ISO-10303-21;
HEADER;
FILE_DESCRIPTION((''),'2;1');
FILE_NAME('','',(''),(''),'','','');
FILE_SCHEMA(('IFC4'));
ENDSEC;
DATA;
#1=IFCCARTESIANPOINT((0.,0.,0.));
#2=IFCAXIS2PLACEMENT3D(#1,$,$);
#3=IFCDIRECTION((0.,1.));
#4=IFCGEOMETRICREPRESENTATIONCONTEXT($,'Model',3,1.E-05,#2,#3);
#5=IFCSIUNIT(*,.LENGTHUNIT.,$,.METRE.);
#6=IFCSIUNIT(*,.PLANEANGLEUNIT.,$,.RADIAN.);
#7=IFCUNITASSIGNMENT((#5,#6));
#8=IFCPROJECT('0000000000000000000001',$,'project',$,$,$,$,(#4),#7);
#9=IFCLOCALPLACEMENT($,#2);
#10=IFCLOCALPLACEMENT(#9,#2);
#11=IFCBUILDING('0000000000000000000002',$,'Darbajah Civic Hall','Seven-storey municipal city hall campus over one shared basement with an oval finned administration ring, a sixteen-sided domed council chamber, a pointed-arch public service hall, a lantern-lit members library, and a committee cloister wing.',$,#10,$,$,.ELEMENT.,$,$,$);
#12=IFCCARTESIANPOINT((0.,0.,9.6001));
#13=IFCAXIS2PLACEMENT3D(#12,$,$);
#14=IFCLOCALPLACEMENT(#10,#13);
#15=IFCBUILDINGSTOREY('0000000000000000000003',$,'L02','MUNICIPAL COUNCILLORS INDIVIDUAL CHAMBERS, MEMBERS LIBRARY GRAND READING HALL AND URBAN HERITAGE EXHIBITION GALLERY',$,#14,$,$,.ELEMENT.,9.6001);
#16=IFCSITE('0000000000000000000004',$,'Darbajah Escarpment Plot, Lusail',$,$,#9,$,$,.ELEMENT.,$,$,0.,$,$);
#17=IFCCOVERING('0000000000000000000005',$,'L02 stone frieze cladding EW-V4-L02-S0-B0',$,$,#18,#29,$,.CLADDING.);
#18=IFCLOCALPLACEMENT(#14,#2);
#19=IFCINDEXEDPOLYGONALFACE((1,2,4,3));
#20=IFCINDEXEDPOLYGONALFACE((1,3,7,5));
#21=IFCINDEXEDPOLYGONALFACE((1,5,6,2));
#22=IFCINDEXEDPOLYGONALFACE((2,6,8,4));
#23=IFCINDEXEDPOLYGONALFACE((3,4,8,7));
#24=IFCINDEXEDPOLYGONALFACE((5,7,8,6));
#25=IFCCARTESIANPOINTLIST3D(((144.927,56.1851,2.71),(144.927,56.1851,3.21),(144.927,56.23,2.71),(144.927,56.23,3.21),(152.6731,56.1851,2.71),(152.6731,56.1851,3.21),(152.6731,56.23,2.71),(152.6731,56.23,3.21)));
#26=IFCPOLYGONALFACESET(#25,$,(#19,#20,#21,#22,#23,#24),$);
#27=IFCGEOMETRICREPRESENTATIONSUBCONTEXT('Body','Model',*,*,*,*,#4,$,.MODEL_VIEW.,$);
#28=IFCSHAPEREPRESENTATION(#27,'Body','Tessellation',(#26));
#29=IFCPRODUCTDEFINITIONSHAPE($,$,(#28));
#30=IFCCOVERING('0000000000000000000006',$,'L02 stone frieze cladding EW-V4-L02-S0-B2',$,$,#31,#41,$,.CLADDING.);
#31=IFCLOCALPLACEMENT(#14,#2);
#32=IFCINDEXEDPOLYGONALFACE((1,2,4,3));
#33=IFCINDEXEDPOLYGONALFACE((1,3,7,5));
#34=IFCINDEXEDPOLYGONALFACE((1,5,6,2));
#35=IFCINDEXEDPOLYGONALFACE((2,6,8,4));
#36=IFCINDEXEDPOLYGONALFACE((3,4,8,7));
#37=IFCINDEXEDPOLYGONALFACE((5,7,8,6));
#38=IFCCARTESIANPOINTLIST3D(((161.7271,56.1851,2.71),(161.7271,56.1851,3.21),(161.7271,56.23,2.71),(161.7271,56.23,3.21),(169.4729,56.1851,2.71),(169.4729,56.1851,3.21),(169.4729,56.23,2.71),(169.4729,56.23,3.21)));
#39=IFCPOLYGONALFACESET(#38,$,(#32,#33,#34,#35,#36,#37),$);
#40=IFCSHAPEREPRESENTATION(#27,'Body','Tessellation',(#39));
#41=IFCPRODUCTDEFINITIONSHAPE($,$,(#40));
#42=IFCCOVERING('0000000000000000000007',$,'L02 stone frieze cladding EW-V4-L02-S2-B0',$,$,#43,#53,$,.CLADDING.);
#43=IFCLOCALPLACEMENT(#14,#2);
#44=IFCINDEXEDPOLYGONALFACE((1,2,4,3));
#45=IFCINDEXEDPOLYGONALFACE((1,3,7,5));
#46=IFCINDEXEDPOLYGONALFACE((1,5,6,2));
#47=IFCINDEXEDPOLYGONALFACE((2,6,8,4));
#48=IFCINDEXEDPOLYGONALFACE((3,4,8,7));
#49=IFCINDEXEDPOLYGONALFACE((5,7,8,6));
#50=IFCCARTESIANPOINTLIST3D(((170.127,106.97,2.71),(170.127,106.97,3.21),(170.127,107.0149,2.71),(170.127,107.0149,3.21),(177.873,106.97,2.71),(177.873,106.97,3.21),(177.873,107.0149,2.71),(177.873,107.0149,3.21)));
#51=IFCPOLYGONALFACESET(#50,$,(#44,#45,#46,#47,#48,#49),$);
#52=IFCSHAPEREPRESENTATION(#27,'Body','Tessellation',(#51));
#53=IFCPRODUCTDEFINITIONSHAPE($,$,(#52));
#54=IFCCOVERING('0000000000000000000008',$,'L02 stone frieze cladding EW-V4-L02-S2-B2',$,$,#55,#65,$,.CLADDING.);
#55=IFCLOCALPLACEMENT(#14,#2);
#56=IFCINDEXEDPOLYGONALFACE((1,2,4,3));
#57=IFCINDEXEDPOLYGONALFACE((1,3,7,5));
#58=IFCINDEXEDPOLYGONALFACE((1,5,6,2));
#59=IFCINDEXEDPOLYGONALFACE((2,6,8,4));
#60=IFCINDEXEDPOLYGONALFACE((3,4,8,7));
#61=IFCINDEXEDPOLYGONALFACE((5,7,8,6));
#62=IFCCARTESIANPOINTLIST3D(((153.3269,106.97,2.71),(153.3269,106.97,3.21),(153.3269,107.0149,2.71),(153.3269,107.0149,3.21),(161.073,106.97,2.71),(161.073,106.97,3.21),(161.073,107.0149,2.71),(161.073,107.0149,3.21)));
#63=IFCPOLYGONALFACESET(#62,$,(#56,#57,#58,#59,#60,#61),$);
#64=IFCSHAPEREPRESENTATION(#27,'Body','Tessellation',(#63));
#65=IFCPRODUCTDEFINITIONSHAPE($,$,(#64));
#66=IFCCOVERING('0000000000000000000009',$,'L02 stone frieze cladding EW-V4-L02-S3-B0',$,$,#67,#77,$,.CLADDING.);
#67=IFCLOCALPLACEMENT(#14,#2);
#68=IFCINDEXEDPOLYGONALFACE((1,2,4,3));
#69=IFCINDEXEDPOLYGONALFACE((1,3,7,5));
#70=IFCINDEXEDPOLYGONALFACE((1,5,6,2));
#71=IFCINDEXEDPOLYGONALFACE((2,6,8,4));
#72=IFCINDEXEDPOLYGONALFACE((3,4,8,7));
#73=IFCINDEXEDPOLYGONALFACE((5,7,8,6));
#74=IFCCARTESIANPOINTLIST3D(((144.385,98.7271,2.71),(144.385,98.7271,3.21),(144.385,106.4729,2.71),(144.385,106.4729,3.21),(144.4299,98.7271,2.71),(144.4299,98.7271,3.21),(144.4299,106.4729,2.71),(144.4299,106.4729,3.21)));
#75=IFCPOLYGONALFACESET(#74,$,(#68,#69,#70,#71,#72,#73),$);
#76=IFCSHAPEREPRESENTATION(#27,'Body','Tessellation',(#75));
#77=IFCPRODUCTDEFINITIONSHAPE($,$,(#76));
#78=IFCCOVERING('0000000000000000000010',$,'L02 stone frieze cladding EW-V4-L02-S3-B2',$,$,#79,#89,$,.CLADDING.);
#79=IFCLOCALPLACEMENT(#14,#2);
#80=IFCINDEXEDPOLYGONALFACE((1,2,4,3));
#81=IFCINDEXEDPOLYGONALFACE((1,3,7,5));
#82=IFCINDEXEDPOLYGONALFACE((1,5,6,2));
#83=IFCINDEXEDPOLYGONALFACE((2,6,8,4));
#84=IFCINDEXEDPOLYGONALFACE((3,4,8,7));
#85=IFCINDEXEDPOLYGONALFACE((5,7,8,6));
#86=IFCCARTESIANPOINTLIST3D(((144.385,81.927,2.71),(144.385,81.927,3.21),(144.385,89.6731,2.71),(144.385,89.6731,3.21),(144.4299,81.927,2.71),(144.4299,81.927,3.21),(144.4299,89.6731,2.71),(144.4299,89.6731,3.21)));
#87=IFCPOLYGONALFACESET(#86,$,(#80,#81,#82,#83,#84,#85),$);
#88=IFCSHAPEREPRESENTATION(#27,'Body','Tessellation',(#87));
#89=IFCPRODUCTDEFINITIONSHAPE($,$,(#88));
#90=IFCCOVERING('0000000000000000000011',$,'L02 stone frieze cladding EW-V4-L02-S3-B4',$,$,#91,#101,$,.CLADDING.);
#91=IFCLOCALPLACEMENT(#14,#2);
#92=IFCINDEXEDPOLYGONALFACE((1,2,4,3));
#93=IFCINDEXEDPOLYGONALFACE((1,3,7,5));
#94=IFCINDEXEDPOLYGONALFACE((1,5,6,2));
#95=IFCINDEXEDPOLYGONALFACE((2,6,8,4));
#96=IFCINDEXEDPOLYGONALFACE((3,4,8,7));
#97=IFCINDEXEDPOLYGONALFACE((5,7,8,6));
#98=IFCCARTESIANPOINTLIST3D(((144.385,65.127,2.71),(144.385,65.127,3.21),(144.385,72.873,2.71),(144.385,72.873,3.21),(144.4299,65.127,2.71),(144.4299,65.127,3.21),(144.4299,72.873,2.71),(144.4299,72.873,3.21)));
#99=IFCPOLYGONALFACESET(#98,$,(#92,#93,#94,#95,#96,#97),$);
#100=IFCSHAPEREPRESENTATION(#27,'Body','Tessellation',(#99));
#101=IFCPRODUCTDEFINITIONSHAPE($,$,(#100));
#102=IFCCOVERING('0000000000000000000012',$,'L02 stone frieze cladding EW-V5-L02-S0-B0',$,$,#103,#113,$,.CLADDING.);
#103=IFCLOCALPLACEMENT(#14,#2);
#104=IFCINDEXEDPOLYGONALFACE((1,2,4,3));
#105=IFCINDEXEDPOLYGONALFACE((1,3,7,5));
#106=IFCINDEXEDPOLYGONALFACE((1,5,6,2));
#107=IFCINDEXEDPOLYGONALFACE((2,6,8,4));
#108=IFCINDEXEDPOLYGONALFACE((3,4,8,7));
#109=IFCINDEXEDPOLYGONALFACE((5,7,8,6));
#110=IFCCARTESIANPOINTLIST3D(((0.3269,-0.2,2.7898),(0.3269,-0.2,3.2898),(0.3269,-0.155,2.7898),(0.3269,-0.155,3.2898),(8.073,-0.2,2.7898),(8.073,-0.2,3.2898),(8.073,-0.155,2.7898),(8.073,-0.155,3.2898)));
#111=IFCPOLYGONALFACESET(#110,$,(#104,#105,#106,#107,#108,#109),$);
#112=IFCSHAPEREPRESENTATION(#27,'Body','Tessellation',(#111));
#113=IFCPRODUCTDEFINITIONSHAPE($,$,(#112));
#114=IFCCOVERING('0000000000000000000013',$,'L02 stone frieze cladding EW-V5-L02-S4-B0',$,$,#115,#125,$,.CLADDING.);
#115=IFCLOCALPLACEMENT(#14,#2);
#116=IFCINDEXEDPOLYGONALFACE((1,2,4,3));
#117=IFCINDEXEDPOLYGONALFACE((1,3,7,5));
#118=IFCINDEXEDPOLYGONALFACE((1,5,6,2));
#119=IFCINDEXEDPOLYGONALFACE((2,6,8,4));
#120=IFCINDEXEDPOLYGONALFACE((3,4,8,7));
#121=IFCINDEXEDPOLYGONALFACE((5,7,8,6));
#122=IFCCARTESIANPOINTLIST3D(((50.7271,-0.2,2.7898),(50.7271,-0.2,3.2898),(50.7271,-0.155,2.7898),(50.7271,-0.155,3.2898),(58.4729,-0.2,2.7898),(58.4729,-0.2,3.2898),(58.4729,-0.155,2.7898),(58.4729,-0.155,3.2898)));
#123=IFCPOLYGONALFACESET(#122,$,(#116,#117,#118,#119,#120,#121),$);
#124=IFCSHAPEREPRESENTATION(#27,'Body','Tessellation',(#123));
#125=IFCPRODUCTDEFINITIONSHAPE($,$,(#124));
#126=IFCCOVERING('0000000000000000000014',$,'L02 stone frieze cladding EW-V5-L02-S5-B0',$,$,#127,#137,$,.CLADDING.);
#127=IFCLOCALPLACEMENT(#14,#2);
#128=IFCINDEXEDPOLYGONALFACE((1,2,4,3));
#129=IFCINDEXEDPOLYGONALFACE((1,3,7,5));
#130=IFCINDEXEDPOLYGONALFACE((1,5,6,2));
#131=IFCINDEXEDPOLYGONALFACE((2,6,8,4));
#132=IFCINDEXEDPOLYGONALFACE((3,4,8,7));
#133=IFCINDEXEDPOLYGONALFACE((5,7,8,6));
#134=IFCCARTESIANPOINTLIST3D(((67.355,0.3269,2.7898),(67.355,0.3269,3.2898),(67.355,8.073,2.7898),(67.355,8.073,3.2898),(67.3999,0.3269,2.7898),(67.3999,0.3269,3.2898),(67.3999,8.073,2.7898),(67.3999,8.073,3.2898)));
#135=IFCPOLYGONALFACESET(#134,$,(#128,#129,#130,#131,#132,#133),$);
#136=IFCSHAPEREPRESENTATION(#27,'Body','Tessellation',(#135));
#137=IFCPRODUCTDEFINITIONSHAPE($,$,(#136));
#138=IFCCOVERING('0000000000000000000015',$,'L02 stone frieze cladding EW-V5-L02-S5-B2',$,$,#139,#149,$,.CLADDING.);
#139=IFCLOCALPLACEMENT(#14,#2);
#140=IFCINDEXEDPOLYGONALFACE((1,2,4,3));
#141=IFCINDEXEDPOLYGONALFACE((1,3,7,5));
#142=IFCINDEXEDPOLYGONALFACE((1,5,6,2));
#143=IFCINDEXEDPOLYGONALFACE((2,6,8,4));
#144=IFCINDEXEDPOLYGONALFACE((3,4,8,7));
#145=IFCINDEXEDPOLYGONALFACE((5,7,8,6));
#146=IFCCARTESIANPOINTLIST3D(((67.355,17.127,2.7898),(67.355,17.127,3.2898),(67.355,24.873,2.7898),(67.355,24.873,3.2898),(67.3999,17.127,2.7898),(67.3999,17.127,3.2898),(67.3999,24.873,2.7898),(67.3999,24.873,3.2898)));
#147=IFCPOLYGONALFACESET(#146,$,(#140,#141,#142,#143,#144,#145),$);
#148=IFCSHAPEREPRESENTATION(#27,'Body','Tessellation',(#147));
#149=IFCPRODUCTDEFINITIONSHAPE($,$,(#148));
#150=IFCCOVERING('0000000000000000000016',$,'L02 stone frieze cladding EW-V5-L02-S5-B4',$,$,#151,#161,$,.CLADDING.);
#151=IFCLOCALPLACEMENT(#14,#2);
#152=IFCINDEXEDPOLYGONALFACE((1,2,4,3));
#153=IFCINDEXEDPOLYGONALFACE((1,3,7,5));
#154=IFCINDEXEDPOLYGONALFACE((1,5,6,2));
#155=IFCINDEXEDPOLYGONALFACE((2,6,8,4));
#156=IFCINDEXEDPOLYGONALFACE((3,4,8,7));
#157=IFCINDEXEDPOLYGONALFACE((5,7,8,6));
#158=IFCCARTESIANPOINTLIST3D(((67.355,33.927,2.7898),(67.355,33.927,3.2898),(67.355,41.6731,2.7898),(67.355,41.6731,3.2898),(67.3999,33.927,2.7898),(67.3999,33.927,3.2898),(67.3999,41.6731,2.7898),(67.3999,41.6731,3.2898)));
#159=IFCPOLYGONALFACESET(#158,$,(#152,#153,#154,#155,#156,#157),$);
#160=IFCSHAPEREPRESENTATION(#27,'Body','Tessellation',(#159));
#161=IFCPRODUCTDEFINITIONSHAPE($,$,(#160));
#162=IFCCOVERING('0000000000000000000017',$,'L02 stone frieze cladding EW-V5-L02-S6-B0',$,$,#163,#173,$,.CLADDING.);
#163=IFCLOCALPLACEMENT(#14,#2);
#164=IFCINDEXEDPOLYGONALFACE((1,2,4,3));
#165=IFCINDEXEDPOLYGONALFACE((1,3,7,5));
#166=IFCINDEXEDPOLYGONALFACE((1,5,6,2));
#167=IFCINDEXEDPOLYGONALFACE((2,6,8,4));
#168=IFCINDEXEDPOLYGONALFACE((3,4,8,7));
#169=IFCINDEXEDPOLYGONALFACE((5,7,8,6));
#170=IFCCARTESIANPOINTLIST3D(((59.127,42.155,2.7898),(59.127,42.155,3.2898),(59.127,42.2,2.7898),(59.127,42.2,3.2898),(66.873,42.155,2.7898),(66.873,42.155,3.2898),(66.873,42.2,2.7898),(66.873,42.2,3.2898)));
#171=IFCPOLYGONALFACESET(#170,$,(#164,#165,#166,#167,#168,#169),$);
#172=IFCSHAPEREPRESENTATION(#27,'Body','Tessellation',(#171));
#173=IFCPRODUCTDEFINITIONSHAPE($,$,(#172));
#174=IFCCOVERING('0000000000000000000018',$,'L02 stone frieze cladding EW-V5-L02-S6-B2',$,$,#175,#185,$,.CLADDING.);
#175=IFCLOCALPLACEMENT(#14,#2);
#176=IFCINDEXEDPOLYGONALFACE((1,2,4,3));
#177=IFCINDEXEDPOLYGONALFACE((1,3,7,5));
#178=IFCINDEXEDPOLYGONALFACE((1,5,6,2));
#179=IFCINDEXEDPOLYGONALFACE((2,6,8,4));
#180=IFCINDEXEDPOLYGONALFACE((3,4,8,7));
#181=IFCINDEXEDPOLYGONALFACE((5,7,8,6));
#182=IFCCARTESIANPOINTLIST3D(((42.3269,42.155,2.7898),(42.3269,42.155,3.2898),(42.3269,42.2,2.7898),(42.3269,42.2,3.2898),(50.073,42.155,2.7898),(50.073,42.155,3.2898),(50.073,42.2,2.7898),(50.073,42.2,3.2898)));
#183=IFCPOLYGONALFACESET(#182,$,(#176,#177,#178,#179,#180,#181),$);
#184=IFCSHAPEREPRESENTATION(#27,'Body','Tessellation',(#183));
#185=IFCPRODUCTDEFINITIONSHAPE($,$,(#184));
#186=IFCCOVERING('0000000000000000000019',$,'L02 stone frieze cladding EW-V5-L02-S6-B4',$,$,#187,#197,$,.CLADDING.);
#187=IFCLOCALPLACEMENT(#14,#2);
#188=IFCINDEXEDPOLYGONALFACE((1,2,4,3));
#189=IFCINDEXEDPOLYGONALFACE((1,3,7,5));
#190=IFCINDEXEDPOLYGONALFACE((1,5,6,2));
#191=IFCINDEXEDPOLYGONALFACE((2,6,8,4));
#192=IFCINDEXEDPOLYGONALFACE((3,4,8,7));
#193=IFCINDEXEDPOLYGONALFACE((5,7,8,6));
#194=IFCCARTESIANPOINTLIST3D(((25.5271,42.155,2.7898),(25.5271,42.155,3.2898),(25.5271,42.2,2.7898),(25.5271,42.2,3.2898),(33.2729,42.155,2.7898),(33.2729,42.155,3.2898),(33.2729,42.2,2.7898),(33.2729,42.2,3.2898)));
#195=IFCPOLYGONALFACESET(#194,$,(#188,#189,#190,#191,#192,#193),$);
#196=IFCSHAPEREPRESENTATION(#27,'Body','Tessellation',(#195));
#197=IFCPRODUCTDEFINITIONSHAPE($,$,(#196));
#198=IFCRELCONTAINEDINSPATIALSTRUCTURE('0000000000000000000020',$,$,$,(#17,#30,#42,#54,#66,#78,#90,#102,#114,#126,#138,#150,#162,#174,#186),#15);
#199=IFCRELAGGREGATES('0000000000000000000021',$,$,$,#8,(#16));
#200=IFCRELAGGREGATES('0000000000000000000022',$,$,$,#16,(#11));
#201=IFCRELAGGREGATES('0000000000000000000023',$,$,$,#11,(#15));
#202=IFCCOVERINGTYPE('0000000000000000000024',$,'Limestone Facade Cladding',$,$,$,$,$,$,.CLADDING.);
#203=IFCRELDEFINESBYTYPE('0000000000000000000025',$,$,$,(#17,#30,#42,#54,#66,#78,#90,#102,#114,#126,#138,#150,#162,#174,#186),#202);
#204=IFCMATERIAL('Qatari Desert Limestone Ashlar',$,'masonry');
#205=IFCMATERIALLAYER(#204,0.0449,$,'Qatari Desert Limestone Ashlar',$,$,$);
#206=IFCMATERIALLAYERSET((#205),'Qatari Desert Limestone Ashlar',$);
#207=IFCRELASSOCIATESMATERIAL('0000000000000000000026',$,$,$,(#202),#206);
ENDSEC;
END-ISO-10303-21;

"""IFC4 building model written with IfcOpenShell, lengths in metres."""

from ifc_helpers import new_model, si_unit, direction, frame, origin, place, context, subcontext, project, spatial, polyline, outline, extrude, material, layer, layer_set, type_object, element, save


model = new_model("IFC4")

# Units and contexts
model_context = context("Model", 3, precision=1e-05, world=origin(), true_north=direction((0.0, 1.0)))
body_context = subcontext(model_context, "Body", "Model", "MODEL_VIEW")
ifc_project = project(units=[si_unit("LENGTHUNIT", "METRE"), si_unit("PLANEANGLEUNIT", "RADIAN")], contexts=[model_context])

# Site, building, storey
site_placement = place(None, origin())
site = spatial("IfcSite", under=ifc_project, at=site_placement, Name="Darbajah Escarpment Plot, Lusail", CompositionType="ELEMENT", RefElevation=0.0)
building_placement = place(site_placement, origin())
building = spatial("IfcBuilding", under=site, at=building_placement, Name="Darbajah Civic Hall", Description="Seven-storey municipal city hall campus over one shared basement with an oval finned administration ring, a sixteen-sided domed council chamber, a pointed-arch public service hall, a lantern-lit members library, and a committee cloister wing.", CompositionType="ELEMENT")
storey_placement = place(building_placement, frame((0.0, 0.0, 9.6001)))
storey = spatial("IfcBuildingStorey", under=building, at=storey_placement, Name="L02", Description="MUNICIPAL COUNCILLORS INDIVIDUAL CHAMBERS, MEMBERS LIBRARY GRAND READING HALL AND URBAN HERITAGE EXHIBITION GALLERY", CompositionType="ELEMENT", Elevation=9.6001)

# Coverings
ifc_material_1 = material(Name="Qatari Desert Limestone Ashlar", Category="masonry")
ifc_layer_1 = layer(ifc_material_1, 0.0449, Name="Qatari Desert Limestone Ashlar")
ifc_layer_set_1 = layer_set([ifc_layer_1], Name="Qatari Desert Limestone Ashlar")
covering_type_1 = type_object("IfcCoveringType", Name="Limestone Facade Cladding", PredefinedType="CLADDING", material=ifc_layer_set_1)
covering_1_placement = place(storey_placement, frame((0.0, 0.0, 2.71)))
element("IfcCovering", 1, at=covering_1_placement, inside=storey, type_object=covering_type_1, Name="L02 stone frieze cladding EW-V4-L02-S0-B0", PredefinedType="CLADDING", context=body_context, shape_type="SweptSolid", body=[
    extrude(outline(polyline([(144.927, 56.23), (152.6731, 56.23), (152.6731, 56.1851), (144.927, 56.1851), (144.927, 56.23)])), origin(), (0.0, 0.0, 1.0), 0.5),
])
covering_2_placement = place(storey_placement, frame((0.0, 0.0, 2.71)))
element("IfcCovering", 2, at=covering_2_placement, inside=storey, type_object=covering_type_1, Name="L02 stone frieze cladding EW-V4-L02-S0-B2", PredefinedType="CLADDING", context=body_context, shape_type="SweptSolid", body=[
    extrude(outline(polyline([(161.7271, 56.23), (169.4729, 56.23), (169.4729, 56.1851), (161.7271, 56.1851), (161.7271, 56.23)])), origin(), (0.0, 0.0, 1.0), 0.5),
])
covering_3_placement = place(storey_placement, frame((0.0, 0.0, 2.71)))
element("IfcCovering", 3, at=covering_3_placement, inside=storey, type_object=covering_type_1, Name="L02 stone frieze cladding EW-V4-L02-S2-B0", PredefinedType="CLADDING", context=body_context, shape_type="SweptSolid", body=[
    extrude(outline(polyline([(177.873, 106.97), (170.127, 106.97), (170.127, 107.0149), (177.873, 107.0149), (177.873, 106.97)])), origin(), (0.0, 0.0, 1.0), 0.5),
])
covering_4_placement = place(storey_placement, frame((0.0, 0.0, 2.71)))
element("IfcCovering", 4, at=covering_4_placement, inside=storey, type_object=covering_type_1, Name="L02 stone frieze cladding EW-V4-L02-S2-B2", PredefinedType="CLADDING", context=body_context, shape_type="SweptSolid", body=[
    extrude(outline(polyline([(161.073, 106.97), (153.3269, 106.97), (153.3269, 107.0149), (161.073, 107.0149), (161.073, 106.97)])), origin(), (0.0, 0.0, 1.0), 0.5),
])
covering_5_placement = place(storey_placement, frame((0.0, 0.0, 2.71)))
element("IfcCovering", 5, at=covering_5_placement, inside=storey, type_object=covering_type_1, Name="L02 stone frieze cladding EW-V4-L02-S3-B0", PredefinedType="CLADDING", context=body_context, shape_type="SweptSolid", body=[
    extrude(outline(polyline([(144.4299, 106.4729), (144.4299, 98.7271), (144.385, 98.7271), (144.385, 106.4729), (144.4299, 106.4729)])), origin(), (0.0, 0.0, 1.0), 0.5),
])
covering_6_placement = place(storey_placement, frame((0.0, 0.0, 2.71)))
element("IfcCovering", 6, at=covering_6_placement, inside=storey, type_object=covering_type_1, Name="L02 stone frieze cladding EW-V4-L02-S3-B2", PredefinedType="CLADDING", context=body_context, shape_type="SweptSolid", body=[
    extrude(outline(polyline([(144.4299, 89.6731), (144.4299, 81.927), (144.385, 81.927), (144.385, 89.6731), (144.4299, 89.6731)])), origin(), (0.0, 0.0, 1.0), 0.5),
])
covering_7_placement = place(storey_placement, frame((0.0, 0.0, 2.71)))
element("IfcCovering", 7, at=covering_7_placement, inside=storey, type_object=covering_type_1, Name="L02 stone frieze cladding EW-V4-L02-S3-B4", PredefinedType="CLADDING", context=body_context, shape_type="SweptSolid", body=[
    extrude(outline(polyline([(144.4299, 72.873), (144.4299, 65.127), (144.385, 65.127), (144.385, 72.873), (144.4299, 72.873)])), origin(), (0.0, 0.0, 1.0), 0.5),
])
covering_8_placement = place(storey_placement, frame((0.0, 0.0, 2.7898)))
element("IfcCovering", 8, at=covering_8_placement, inside=storey, type_object=covering_type_1, Name="L02 stone frieze cladding EW-V5-L02-S0-B0", PredefinedType="CLADDING", context=body_context, shape_type="SweptSolid", body=[
    extrude(outline(polyline([(0.3269, -0.155), (8.073, -0.155), (8.073, -0.2), (0.3269, -0.2), (0.3269, -0.155)])), origin(), (0.0, 0.0, 1.0), 0.5),
])
covering_9_placement = place(storey_placement, frame((0.0, 0.0, 2.7898)))
element("IfcCovering", 9, at=covering_9_placement, inside=storey, type_object=covering_type_1, Name="L02 stone frieze cladding EW-V5-L02-S4-B0", PredefinedType="CLADDING", context=body_context, shape_type="SweptSolid", body=[
    extrude(outline(polyline([(50.7271, -0.155), (58.4729, -0.155), (58.4729, -0.2), (50.7271, -0.2), (50.7271, -0.155)])), origin(), (0.0, 0.0, 1.0), 0.5),
])
covering_10_placement = place(storey_placement, frame((0.0, 0.0, 2.7898)))
element("IfcCovering", 10, at=covering_10_placement, inside=storey, type_object=covering_type_1, Name="L02 stone frieze cladding EW-V5-L02-S5-B0", PredefinedType="CLADDING", context=body_context, shape_type="SweptSolid", body=[
    extrude(outline(polyline([(67.355, 0.3269), (67.355, 8.073), (67.3999, 8.073), (67.3999, 0.3269), (67.355, 0.3269)])), origin(), (0.0, 0.0, 1.0), 0.5),
])
covering_11_placement = place(storey_placement, frame((0.0, 0.0, 2.7898)))
element("IfcCovering", 11, at=covering_11_placement, inside=storey, type_object=covering_type_1, Name="L02 stone frieze cladding EW-V5-L02-S5-B2", PredefinedType="CLADDING", context=body_context, shape_type="SweptSolid", body=[
    extrude(outline(polyline([(67.355, 17.127), (67.355, 24.873), (67.3999, 24.873), (67.3999, 17.127), (67.355, 17.127)])), origin(), (0.0, 0.0, 1.0), 0.5),
])
covering_12_placement = place(storey_placement, frame((0.0, 0.0, 2.7898)))
element("IfcCovering", 12, at=covering_12_placement, inside=storey, type_object=covering_type_1, Name="L02 stone frieze cladding EW-V5-L02-S5-B4", PredefinedType="CLADDING", context=body_context, shape_type="SweptSolid", body=[
    extrude(outline(polyline([(67.355, 33.927), (67.355, 41.6731), (67.3999, 41.6731), (67.3999, 33.927), (67.355, 33.927)])), origin(), (0.0, 0.0, 1.0), 0.5),
])
covering_13_placement = place(storey_placement, frame((0.0, 0.0, 2.7898)))
element("IfcCovering", 13, at=covering_13_placement, inside=storey, type_object=covering_type_1, Name="L02 stone frieze cladding EW-V5-L02-S6-B0", PredefinedType="CLADDING", context=body_context, shape_type="SweptSolid", body=[
    extrude(outline(polyline([(66.873, 42.155), (59.127, 42.155), (59.127, 42.2), (66.873, 42.2), (66.873, 42.155)])), origin(), (0.0, 0.0, 1.0), 0.5),
])
covering_14_placement = place(storey_placement, frame((0.0, 0.0, 2.7898)))
element("IfcCovering", 14, at=covering_14_placement, inside=storey, type_object=covering_type_1, Name="L02 stone frieze cladding EW-V5-L02-S6-B2", PredefinedType="CLADDING", context=body_context, shape_type="SweptSolid", body=[
    extrude(outline(polyline([(50.073, 42.155), (42.3269, 42.155), (42.3269, 42.2), (50.073, 42.2), (50.073, 42.155)])), origin(), (0.0, 0.0, 1.0), 0.5),
])
covering_15_placement = place(storey_placement, frame((0.0, 0.0, 2.7898)))
element("IfcCovering", 15, at=covering_15_placement, inside=storey, type_object=covering_type_1, Name="L02 stone frieze cladding EW-V5-L02-S6-B4", PredefinedType="CLADDING", context=body_context, shape_type="SweptSolid", body=[
    extrude(outline(polyline([(33.2729, 42.155), (25.5271, 42.155), (25.5271, 42.2), (33.2729, 42.2), (33.2729, 42.155)])), origin(), (0.0, 0.0, 1.0), 0.5),
])

save(model, "model.ifc")
